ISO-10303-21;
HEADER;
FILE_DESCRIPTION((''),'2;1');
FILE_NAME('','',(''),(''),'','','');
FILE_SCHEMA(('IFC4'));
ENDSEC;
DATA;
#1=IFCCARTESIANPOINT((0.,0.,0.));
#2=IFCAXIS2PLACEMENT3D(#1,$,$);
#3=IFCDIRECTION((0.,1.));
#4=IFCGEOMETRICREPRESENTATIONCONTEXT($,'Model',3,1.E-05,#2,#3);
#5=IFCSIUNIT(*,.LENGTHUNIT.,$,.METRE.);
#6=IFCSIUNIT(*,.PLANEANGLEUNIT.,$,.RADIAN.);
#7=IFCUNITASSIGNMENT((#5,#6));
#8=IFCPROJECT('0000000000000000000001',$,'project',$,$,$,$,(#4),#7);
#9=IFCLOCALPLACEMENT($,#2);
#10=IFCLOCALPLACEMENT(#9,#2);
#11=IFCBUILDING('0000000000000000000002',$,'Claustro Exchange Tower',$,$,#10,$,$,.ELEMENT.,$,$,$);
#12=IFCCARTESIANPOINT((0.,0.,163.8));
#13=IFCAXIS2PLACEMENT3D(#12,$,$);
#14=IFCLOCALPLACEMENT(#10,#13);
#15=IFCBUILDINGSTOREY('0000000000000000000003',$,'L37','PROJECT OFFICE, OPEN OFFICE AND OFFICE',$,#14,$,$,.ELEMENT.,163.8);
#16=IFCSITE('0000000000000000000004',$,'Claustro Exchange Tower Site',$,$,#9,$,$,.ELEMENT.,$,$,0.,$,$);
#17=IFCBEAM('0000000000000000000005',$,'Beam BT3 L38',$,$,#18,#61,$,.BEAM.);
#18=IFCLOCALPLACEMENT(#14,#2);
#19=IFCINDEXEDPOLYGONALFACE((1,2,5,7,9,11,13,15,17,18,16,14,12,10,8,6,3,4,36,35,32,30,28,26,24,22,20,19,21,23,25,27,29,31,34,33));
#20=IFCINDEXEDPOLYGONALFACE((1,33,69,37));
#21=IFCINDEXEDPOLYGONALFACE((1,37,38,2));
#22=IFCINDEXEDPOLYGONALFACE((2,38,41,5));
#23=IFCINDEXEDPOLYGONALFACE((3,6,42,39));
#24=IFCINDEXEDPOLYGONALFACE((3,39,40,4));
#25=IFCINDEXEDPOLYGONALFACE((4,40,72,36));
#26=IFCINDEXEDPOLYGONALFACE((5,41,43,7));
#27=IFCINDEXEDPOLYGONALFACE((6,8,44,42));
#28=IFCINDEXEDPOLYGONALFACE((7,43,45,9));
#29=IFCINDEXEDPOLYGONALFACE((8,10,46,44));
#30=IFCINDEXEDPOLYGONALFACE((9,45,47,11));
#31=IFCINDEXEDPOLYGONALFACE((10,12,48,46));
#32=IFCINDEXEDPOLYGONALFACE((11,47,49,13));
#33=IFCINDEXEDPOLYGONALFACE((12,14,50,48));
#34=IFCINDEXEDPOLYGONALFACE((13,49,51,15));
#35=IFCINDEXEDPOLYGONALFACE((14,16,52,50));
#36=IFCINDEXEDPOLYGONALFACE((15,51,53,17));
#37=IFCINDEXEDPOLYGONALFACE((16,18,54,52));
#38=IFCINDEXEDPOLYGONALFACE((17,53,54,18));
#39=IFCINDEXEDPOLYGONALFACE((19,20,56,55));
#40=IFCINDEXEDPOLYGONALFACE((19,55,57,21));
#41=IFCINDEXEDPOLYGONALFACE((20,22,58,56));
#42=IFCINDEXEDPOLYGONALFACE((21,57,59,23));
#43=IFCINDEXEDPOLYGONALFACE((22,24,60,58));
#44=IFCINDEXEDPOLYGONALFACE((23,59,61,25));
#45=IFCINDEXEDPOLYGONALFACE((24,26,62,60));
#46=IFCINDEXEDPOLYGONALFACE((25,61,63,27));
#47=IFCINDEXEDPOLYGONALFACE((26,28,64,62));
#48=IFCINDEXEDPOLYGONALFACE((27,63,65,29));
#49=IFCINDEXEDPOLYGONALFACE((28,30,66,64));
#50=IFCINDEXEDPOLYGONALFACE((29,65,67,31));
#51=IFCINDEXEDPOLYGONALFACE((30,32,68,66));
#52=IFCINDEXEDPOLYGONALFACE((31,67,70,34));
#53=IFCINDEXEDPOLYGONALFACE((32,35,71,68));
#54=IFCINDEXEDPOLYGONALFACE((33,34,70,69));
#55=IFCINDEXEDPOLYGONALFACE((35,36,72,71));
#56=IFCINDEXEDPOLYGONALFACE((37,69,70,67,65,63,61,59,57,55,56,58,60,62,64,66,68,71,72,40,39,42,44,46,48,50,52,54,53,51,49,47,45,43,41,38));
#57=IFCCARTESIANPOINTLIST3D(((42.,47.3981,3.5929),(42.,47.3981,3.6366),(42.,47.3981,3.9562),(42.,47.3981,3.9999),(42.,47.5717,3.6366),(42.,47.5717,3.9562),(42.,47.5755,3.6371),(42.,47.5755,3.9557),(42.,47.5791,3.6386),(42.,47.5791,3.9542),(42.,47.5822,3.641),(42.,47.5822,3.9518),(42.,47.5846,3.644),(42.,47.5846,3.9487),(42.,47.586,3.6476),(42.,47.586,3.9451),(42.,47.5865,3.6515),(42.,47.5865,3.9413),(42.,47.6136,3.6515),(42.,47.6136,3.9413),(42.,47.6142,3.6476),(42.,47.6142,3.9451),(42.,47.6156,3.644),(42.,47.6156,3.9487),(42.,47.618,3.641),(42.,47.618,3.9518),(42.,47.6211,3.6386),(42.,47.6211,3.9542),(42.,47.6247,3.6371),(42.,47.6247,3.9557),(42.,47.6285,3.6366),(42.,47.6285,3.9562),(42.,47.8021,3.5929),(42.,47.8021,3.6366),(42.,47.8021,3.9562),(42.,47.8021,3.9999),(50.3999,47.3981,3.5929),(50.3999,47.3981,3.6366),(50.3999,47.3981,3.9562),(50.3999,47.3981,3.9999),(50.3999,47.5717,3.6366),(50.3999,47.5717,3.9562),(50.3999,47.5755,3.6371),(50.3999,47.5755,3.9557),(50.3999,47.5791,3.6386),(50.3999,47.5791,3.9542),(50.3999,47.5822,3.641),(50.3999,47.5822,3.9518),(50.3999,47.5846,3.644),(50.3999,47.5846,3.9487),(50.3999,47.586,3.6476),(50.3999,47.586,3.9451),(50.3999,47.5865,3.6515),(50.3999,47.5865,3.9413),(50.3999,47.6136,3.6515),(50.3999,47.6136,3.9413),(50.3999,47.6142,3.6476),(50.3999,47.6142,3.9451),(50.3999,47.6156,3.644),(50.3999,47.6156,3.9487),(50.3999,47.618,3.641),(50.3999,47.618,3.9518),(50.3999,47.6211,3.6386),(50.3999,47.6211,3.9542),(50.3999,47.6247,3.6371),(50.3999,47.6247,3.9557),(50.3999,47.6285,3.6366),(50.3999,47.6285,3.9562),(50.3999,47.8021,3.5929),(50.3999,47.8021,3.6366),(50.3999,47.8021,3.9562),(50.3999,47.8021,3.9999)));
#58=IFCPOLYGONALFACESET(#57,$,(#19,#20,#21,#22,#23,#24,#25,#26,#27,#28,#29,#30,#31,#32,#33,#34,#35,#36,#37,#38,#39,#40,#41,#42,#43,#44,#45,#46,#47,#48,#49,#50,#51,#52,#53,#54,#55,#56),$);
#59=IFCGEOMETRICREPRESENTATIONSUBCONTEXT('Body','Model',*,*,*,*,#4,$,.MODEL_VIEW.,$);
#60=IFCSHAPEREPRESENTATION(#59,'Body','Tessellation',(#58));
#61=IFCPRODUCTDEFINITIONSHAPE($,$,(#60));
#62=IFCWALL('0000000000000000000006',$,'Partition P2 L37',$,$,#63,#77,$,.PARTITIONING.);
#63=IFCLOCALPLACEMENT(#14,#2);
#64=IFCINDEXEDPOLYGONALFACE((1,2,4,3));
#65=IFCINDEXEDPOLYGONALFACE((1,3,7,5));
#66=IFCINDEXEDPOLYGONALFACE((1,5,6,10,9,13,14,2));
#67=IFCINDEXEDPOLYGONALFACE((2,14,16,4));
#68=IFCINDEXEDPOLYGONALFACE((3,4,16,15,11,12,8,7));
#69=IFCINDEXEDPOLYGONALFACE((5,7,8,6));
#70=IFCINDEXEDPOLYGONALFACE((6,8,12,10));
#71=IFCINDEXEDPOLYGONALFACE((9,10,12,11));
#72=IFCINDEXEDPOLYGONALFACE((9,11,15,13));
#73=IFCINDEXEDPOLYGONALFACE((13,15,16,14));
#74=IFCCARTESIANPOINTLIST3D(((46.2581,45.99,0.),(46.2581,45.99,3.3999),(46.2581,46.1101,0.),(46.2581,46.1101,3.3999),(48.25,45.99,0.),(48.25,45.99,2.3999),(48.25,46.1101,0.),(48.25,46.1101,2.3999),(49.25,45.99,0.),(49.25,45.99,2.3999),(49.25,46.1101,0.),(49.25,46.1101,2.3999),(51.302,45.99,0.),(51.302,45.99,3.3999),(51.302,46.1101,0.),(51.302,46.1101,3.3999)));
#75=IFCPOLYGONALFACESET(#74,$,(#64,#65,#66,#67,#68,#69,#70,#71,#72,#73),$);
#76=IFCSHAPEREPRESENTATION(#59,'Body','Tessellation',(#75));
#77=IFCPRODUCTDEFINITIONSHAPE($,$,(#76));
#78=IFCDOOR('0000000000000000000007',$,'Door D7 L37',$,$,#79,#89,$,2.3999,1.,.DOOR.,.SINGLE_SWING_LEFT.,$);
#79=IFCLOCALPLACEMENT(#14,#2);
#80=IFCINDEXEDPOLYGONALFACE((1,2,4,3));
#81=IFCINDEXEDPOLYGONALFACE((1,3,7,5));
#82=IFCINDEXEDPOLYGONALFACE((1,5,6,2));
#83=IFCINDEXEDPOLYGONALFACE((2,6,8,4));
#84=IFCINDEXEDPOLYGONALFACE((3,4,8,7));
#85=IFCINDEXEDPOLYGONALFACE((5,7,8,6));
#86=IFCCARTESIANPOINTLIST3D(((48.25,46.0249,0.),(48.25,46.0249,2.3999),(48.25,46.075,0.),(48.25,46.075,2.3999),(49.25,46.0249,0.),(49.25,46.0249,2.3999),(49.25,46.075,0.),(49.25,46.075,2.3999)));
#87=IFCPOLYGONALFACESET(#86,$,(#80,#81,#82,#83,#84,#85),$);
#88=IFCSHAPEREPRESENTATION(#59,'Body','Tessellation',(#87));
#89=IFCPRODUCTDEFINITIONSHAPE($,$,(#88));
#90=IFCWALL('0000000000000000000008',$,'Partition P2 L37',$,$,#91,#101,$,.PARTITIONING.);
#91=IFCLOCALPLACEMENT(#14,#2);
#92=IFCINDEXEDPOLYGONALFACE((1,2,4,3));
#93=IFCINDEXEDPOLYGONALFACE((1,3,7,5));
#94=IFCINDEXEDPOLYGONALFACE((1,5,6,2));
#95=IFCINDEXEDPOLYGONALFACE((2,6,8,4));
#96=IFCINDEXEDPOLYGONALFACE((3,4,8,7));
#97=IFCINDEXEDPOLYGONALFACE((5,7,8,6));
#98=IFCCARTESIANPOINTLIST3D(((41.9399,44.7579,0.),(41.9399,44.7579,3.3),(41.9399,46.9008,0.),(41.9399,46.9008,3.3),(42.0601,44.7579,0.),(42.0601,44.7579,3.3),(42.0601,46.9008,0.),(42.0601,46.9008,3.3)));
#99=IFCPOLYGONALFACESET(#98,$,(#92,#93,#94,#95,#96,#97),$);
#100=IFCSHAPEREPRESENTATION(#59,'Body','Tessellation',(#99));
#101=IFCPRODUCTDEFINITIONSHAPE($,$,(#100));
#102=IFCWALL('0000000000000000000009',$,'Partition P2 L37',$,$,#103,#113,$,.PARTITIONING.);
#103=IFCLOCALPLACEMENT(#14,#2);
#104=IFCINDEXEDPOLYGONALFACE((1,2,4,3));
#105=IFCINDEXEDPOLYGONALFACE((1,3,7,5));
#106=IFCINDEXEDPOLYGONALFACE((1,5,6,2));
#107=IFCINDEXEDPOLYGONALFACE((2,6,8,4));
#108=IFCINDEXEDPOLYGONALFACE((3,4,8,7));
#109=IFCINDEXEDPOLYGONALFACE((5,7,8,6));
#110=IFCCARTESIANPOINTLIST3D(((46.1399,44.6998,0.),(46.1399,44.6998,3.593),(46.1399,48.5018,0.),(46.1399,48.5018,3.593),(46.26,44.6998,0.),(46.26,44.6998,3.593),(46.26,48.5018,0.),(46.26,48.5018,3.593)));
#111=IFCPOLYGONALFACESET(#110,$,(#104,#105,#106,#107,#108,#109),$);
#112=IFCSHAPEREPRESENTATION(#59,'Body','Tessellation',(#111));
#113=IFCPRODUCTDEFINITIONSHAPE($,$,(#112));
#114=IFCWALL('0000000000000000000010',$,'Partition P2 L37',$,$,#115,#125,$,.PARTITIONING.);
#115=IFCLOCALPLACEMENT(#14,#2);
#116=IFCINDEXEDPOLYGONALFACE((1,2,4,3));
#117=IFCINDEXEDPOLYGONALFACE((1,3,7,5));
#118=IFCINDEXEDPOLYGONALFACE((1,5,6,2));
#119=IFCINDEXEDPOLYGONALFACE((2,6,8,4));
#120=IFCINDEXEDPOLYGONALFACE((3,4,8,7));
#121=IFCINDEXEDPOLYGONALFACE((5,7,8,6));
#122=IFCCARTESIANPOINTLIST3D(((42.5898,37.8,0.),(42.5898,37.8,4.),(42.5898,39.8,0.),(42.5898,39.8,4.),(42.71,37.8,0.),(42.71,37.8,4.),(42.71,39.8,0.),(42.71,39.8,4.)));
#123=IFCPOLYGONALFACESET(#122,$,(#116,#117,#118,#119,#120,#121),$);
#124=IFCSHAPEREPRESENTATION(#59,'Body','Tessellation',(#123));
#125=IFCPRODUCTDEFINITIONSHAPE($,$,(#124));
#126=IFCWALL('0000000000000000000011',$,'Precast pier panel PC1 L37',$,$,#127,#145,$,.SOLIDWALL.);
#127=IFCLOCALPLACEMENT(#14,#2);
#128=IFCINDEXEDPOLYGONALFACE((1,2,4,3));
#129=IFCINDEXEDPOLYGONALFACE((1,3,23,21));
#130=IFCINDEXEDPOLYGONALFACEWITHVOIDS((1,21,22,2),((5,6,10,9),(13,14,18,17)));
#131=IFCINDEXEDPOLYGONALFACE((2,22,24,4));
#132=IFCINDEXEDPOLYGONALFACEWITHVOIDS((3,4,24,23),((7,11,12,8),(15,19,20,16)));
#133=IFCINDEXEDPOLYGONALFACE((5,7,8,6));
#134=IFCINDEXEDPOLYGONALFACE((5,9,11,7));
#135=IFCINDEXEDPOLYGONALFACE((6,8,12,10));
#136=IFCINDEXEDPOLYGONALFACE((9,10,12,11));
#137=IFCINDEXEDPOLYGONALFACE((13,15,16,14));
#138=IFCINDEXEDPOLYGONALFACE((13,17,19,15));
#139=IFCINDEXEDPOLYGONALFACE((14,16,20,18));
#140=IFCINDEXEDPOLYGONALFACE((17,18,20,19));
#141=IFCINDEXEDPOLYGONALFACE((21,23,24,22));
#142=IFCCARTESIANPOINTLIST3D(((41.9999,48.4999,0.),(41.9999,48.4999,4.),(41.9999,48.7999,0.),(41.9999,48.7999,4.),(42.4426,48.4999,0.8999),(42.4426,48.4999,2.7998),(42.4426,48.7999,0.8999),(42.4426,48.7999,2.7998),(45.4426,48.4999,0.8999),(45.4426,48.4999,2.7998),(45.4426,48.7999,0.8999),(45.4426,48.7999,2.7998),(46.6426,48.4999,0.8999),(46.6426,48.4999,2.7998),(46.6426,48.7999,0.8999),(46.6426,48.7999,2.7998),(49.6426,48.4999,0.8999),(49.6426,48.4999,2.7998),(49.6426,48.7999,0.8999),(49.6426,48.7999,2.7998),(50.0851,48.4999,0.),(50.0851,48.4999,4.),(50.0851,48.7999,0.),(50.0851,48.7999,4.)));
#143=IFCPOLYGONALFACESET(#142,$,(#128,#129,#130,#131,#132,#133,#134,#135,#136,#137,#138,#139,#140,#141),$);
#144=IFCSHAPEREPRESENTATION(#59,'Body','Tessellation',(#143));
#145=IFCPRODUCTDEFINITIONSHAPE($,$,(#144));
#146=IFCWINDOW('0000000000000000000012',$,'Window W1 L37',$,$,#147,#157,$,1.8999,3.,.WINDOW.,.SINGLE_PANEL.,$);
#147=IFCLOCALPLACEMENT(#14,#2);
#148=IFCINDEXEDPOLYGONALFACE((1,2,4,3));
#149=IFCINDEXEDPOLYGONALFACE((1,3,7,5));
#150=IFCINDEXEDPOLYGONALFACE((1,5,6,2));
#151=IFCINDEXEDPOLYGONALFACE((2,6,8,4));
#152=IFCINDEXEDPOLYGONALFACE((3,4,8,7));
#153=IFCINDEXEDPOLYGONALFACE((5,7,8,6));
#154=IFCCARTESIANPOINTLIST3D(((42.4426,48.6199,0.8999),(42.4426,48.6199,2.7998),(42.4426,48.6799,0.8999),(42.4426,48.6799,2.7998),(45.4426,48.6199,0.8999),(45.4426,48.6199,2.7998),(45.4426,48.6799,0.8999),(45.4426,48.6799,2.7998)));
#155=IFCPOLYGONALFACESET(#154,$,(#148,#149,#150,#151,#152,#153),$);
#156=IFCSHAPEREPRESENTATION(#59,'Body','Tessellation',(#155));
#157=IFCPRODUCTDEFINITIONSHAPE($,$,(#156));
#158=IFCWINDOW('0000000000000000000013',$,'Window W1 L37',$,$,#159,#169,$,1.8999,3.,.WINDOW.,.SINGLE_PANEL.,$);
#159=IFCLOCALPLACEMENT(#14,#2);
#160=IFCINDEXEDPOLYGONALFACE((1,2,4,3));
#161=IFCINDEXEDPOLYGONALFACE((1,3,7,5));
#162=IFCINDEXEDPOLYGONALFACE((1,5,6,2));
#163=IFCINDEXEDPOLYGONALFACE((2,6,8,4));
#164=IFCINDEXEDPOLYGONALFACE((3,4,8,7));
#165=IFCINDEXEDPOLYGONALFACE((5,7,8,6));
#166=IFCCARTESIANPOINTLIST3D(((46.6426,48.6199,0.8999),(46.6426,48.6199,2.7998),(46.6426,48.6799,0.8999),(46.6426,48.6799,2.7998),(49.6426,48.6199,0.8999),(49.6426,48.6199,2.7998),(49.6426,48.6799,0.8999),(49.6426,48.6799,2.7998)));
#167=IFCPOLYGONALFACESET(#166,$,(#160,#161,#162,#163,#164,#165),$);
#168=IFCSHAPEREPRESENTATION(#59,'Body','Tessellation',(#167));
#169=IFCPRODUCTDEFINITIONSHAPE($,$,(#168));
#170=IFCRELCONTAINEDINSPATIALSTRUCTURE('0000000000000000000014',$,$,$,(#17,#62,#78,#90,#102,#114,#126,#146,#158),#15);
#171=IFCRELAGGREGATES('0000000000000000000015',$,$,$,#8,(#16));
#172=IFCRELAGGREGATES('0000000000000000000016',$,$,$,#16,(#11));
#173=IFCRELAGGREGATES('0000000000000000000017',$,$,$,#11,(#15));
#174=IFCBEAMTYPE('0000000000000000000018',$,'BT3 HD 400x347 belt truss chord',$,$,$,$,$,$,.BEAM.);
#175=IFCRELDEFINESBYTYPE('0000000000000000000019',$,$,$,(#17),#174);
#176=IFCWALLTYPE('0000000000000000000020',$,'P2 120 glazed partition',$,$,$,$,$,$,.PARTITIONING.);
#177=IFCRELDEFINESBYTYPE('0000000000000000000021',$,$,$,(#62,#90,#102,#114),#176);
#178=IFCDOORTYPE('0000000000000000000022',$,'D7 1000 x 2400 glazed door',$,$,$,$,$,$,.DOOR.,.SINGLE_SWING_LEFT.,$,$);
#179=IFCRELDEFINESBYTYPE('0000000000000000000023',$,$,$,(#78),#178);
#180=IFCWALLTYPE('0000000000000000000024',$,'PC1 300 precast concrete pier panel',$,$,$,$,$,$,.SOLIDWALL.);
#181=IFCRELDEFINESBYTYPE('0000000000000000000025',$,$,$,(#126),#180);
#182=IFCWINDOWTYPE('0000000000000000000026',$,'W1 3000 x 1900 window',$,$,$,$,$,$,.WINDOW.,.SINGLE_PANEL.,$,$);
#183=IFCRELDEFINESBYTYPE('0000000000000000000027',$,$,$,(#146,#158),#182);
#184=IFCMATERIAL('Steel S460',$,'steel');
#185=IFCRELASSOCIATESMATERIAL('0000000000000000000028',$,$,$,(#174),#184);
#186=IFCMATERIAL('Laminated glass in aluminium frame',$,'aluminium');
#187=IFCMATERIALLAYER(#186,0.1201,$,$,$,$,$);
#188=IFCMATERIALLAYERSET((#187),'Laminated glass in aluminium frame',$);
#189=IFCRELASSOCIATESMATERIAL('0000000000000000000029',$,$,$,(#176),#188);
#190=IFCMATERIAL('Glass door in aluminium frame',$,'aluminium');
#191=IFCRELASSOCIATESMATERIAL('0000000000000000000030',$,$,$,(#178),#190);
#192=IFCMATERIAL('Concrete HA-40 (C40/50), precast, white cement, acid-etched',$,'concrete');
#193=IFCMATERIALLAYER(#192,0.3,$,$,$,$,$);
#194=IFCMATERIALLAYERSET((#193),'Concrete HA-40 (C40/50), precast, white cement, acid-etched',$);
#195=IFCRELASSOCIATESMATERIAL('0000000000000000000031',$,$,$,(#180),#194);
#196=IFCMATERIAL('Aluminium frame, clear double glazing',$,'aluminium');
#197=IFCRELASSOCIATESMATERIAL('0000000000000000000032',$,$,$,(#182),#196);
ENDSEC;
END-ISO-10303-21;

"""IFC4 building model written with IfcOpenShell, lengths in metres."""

from ifc_helpers import new_model, si_unit, direction, frame, frame_2d, origin, origin_2d, place, context, subcontext, project, spatial, rectangle, i_section, extrude, material, layer, layer_set, material_profile, profile_set, type_object, element, fill, save


model = new_model("IFC4")

# Units and contexts
model_context = context("Model", 3, precision=1e-05, world=origin(), true_north=direction((0.0, 1.0)))
body_context = subcontext(model_context, "Body", "Model", "MODEL_VIEW")
ifc_project = project(units=[si_unit("LENGTHUNIT", "METRE"), si_unit("PLANEANGLEUNIT", "RADIAN")], contexts=[model_context])

# Site, building, storey
site_placement = place(None, origin())
site = spatial("IfcSite", under=ifc_project, at=site_placement, Name="Claustro Exchange Tower Site", CompositionType="ELEMENT", RefElevation=0.0)
building_placement = place(site_placement, origin())
building = spatial("IfcBuilding", under=site, at=building_placement, Name="Claustro Exchange Tower", CompositionType="ELEMENT")
storey_placement = place(building_placement, frame((0.0, 0.0, 163.8)))
storey = spatial("IfcBuildingStorey", under=building, at=storey_placement, Name="L37", Description="PROJECT OFFICE, OPEN OFFICE AND OFFICE", CompositionType="ELEMENT", Elevation=163.8)

# Beam
ifc_material_1 = material(Name="Steel S460", Category="steel")
ifc_material_profile_1 = material_profile(ifc_material_1, i_section(OverallWidth=0.4041, OverallDepth=0.407, WebThickness=0.0271, FlangeThickness=0.0437, FilletRadius=0.0149, at=origin_2d()), Name="HD 400x347")
ifc_profile_set_1 = profile_set([ifc_material_profile_1], Name="Steel S460")
beam_type_1 = type_object("IfcBeamType", Name="BT3 HD 400x347 belt truss chord", PredefinedType="BEAM", material=ifc_profile_set_1)
beam_1_placement = place(storey_placement, frame((42.0, 47.6001, 3.7964), z_axis=(1.0, 0.0, 0.0), x_axis=(0.0, 1.0, 0.0)))
element("IfcBeam", 1, at=beam_1_placement, inside=storey, type_object=beam_type_1, Name="Beam BT3 L38", PredefinedType="BEAM", context=body_context, shape_type="SweptSolid", body=[
    extrude(i_section(OverallWidth=0.4041, OverallDepth=0.407, WebThickness=0.0271, FlangeThickness=0.0437, FilletRadius=0.0149, at=origin_2d()), origin(), (0.0, 0.0, 1.0), 8.3999),
])

# Wall, opening, door
ifc_material_2 = material(Name="Laminated glass in aluminium frame", Category="aluminium")
ifc_layer_1 = layer(ifc_material_2, 0.1201)
ifc_layer_set_1 = layer_set([ifc_layer_1], Name="Laminated glass in aluminium frame")
wall_type_1 = type_object("IfcWallType", Name="P2 120 glazed partition", PredefinedType="PARTITIONING", material=ifc_layer_set_1)
wall_1_placement = place(storey_placement, frame((46.2581, 46.05, 0.0), z_axis=(0.0, 0.0, 1.0), x_axis=(1.0, 0.0, 0.0)))
wall_1 = element("IfcWall", 2, at=wall_1_placement, inside=storey, type_object=wall_type_1, Name="Partition P2 L37", PredefinedType="PARTITIONING", context=body_context, shape_type="SweptSolid", body=[
    extrude(rectangle(XDim=5.0439, YDim=0.1201, at=frame_2d((2.522, 0.0))), origin(), (0.0, 0.0, 1.0), 3.3999),
])
opening_1_placement = place(wall_1_placement, frame((1.9919, 0.0, 0.0)))
opening_1 = element("IfcOpeningElement", 3, at=opening_1_placement, cuts=wall_1, PredefinedType="OPENING", context=body_context, shape_type="SweptSolid", body=[
    extrude(rectangle(XDim=1.0, YDim=2.3999, at=frame_2d((0.5, 1.2))), frame((0.0, 0.0701, 0.0), z_axis=(0.0, -1.0, 0.0), x_axis=(1.0, 0.0, 0.0)), (0.0, 0.0, 1.0), 0.1401),
])
ifc_material_3 = material(Name="Glass door in aluminium frame", Category="aluminium")
door_type = type_object("IfcDoorType", Name="D7 1000 x 2400 glazed door", OperationType="SINGLE_SWING_LEFT", PredefinedType="DOOR", material=ifc_material_3)
door_placement = place(opening_1_placement, origin())
door = element("IfcDoor", 4, at=door_placement, inside=storey, type_object=door_type, Name="Door D7 L37", OperationType="SINGLE_SWING_LEFT", OverallHeight=2.3999, OverallWidth=1.0, PredefinedType="DOOR", context=body_context, shape_type="SweptSolid", body=[
    extrude(rectangle(XDim=1.0, YDim=2.3999, at=frame_2d((0.5, 1.2))), frame((0.0, 0.0249, 0.0), z_axis=(0.0, -1.0, 0.0), x_axis=(1.0, 0.0, 0.0)), (0.0, 0.0, 1.0), 0.05),
])
fill(opening_1, door)

# Walls
wall_2_placement = place(storey_placement, frame((42.0, 44.7581, 0.0), z_axis=(0.0, 0.0, 1.0), x_axis=(0.0, 1.0, 0.0)))
element("IfcWall", 5, at=wall_2_placement, inside=storey, type_object=wall_type_1, Name="Partition P2 L37", PredefinedType="PARTITIONING", context=body_context, shape_type="SweptSolid", body=[
    extrude(rectangle(XDim=2.1428, YDim=0.1201, at=frame_2d((1.0713, 0.0))), origin(), (0.0, 0.0, 1.0), 3.3),
])
wall_3_placement = place(storey_placement, frame((46.2, 44.7, 0.0), z_axis=(0.0, 0.0, 1.0), x_axis=(0.0, 1.0, 0.0)))
element("IfcWall", 6, at=wall_3_placement, inside=storey, type_object=wall_type_1, Name="Partition P2 L37", PredefinedType="PARTITIONING", context=body_context, shape_type="SweptSolid", body=[
    extrude(rectangle(XDim=3.802, YDim=0.1201, at=frame_2d((1.9009, 0.0))), origin(), (0.0, 0.0, 1.0), 3.593),
])
wall_4_placement = place(storey_placement, frame((42.6499, 37.8, 0.0), z_axis=(0.0, 0.0, 1.0), x_axis=(0.0, 1.0, 0.0)))
element("IfcWall", 7, at=wall_4_placement, inside=storey, type_object=wall_type_1, Name="Partition P2 L37", PredefinedType="PARTITIONING", context=body_context, shape_type="SweptSolid", body=[
    extrude(rectangle(XDim=2.0, YDim=0.1201, at=frame_2d((1.0, 0.0))), origin(), (0.0, 0.0, 1.0), 4.0),
])

# Wall, openings, windows
ifc_material_4 = material(Name="Concrete HA-40 (C40/50), precast, white cement, acid-etched", Category="concrete")
ifc_layer_2 = layer(ifc_material_4, 0.3)
ifc_layer_set_2 = layer_set([ifc_layer_2], Name="Concrete HA-40 (C40/50), precast, white cement, acid-etched")
wall_type_2 = type_object("IfcWallType", Name="PC1 300 precast concrete pier panel", PredefinedType="SOLIDWALL", material=ifc_layer_set_2)
wall_5_placement = place(storey_placement, frame((42.0, 48.6499, 0.0), z_axis=(0.0, 0.0, 1.0), x_axis=(1.0, 0.0, 0.0)))
wall_5 = element("IfcWall", 8, at=wall_5_placement, inside=storey, type_object=wall_type_2, Name="Precast pier panel PC1 L37", PredefinedType="SOLIDWALL", context=body_context, shape_type="SweptSolid", body=[
    extrude(rectangle(XDim=8.0852, YDim=0.3, at=frame_2d((4.0425, 0.0))), origin(), (0.0, 0.0, 1.0), 4.0),
])
opening_2_placement = place(wall_5_placement, frame((0.4426, 0.0, 0.8999)))
opening_2 = element("IfcOpeningElement", 9, at=opening_2_placement, cuts=wall_5, PredefinedType="OPENING", context=body_context, shape_type="SweptSolid", body=[
    extrude(rectangle(XDim=3.0, YDim=1.8999, at=frame_2d((1.5, 0.95))), frame((0.0, 0.1599, 0.0), z_axis=(0.0, -1.0, 0.0), x_axis=(1.0, 0.0, 0.0)), (0.0, 0.0, 1.0), 0.3201),
])
opening_3_placement = place(wall_5_placement, frame((4.6426, 0.0, 0.8999)))
opening_3 = element("IfcOpeningElement", 10, at=opening_3_placement, cuts=wall_5, PredefinedType="OPENING", context=body_context, shape_type="SweptSolid", body=[
    extrude(rectangle(XDim=3.0, YDim=1.8999, at=frame_2d((1.5, 0.95))), frame((0.0, 0.1599, 0.0), z_axis=(0.0, -1.0, 0.0), x_axis=(1.0, 0.0, 0.0)), (0.0, 0.0, 1.0), 0.3201),
])
ifc_material_5 = material(Name="Aluminium frame, clear double glazing", Category="aluminium")
window_type_1 = type_object("IfcWindowType", Name="W1 3000 x 1900 window", PartitioningType="SINGLE_PANEL", PredefinedType="WINDOW", material=ifc_material_5)
window_1_placement = place(opening_2_placement, origin())
window_1 = element("IfcWindow", 11, at=window_1_placement, inside=storey, type_object=window_type_1, Name="Window W1 L37", OverallHeight=1.8999, OverallWidth=3.0, PartitioningType="SINGLE_PANEL", PredefinedType="WINDOW", context=body_context, shape_type="SweptSolid", body=[
    extrude(rectangle(XDim=3.0, YDim=1.8999, at=frame_2d((1.5, 0.95))), frame((0.0, 0.03, 0.0), z_axis=(0.0, -1.0, 0.0), x_axis=(1.0, 0.0, 0.0)), (0.0, 0.0, 1.0), 0.0601),
])
fill(opening_2, window_1)
window_2_placement = place(opening_3_placement, origin())
window_2 = element("IfcWindow", 12, at=window_2_placement, inside=storey, type_object=window_type_1, Name="Window W1 L37", OverallHeight=1.8999, OverallWidth=3.0, PartitioningType="SINGLE_PANEL", PredefinedType="WINDOW", context=body_context, shape_type="SweptSolid", body=[
    extrude(rectangle(XDim=3.0, YDim=1.8999, at=frame_2d((1.5, 0.95))), frame((0.0, 0.03, 0.0), z_axis=(0.0, -1.0, 0.0), x_axis=(1.0, 0.0, 0.0)), (0.0, 0.0, 1.0), 0.0601),
])
fill(opening_3, window_2)

save(model, "model.ifc")
